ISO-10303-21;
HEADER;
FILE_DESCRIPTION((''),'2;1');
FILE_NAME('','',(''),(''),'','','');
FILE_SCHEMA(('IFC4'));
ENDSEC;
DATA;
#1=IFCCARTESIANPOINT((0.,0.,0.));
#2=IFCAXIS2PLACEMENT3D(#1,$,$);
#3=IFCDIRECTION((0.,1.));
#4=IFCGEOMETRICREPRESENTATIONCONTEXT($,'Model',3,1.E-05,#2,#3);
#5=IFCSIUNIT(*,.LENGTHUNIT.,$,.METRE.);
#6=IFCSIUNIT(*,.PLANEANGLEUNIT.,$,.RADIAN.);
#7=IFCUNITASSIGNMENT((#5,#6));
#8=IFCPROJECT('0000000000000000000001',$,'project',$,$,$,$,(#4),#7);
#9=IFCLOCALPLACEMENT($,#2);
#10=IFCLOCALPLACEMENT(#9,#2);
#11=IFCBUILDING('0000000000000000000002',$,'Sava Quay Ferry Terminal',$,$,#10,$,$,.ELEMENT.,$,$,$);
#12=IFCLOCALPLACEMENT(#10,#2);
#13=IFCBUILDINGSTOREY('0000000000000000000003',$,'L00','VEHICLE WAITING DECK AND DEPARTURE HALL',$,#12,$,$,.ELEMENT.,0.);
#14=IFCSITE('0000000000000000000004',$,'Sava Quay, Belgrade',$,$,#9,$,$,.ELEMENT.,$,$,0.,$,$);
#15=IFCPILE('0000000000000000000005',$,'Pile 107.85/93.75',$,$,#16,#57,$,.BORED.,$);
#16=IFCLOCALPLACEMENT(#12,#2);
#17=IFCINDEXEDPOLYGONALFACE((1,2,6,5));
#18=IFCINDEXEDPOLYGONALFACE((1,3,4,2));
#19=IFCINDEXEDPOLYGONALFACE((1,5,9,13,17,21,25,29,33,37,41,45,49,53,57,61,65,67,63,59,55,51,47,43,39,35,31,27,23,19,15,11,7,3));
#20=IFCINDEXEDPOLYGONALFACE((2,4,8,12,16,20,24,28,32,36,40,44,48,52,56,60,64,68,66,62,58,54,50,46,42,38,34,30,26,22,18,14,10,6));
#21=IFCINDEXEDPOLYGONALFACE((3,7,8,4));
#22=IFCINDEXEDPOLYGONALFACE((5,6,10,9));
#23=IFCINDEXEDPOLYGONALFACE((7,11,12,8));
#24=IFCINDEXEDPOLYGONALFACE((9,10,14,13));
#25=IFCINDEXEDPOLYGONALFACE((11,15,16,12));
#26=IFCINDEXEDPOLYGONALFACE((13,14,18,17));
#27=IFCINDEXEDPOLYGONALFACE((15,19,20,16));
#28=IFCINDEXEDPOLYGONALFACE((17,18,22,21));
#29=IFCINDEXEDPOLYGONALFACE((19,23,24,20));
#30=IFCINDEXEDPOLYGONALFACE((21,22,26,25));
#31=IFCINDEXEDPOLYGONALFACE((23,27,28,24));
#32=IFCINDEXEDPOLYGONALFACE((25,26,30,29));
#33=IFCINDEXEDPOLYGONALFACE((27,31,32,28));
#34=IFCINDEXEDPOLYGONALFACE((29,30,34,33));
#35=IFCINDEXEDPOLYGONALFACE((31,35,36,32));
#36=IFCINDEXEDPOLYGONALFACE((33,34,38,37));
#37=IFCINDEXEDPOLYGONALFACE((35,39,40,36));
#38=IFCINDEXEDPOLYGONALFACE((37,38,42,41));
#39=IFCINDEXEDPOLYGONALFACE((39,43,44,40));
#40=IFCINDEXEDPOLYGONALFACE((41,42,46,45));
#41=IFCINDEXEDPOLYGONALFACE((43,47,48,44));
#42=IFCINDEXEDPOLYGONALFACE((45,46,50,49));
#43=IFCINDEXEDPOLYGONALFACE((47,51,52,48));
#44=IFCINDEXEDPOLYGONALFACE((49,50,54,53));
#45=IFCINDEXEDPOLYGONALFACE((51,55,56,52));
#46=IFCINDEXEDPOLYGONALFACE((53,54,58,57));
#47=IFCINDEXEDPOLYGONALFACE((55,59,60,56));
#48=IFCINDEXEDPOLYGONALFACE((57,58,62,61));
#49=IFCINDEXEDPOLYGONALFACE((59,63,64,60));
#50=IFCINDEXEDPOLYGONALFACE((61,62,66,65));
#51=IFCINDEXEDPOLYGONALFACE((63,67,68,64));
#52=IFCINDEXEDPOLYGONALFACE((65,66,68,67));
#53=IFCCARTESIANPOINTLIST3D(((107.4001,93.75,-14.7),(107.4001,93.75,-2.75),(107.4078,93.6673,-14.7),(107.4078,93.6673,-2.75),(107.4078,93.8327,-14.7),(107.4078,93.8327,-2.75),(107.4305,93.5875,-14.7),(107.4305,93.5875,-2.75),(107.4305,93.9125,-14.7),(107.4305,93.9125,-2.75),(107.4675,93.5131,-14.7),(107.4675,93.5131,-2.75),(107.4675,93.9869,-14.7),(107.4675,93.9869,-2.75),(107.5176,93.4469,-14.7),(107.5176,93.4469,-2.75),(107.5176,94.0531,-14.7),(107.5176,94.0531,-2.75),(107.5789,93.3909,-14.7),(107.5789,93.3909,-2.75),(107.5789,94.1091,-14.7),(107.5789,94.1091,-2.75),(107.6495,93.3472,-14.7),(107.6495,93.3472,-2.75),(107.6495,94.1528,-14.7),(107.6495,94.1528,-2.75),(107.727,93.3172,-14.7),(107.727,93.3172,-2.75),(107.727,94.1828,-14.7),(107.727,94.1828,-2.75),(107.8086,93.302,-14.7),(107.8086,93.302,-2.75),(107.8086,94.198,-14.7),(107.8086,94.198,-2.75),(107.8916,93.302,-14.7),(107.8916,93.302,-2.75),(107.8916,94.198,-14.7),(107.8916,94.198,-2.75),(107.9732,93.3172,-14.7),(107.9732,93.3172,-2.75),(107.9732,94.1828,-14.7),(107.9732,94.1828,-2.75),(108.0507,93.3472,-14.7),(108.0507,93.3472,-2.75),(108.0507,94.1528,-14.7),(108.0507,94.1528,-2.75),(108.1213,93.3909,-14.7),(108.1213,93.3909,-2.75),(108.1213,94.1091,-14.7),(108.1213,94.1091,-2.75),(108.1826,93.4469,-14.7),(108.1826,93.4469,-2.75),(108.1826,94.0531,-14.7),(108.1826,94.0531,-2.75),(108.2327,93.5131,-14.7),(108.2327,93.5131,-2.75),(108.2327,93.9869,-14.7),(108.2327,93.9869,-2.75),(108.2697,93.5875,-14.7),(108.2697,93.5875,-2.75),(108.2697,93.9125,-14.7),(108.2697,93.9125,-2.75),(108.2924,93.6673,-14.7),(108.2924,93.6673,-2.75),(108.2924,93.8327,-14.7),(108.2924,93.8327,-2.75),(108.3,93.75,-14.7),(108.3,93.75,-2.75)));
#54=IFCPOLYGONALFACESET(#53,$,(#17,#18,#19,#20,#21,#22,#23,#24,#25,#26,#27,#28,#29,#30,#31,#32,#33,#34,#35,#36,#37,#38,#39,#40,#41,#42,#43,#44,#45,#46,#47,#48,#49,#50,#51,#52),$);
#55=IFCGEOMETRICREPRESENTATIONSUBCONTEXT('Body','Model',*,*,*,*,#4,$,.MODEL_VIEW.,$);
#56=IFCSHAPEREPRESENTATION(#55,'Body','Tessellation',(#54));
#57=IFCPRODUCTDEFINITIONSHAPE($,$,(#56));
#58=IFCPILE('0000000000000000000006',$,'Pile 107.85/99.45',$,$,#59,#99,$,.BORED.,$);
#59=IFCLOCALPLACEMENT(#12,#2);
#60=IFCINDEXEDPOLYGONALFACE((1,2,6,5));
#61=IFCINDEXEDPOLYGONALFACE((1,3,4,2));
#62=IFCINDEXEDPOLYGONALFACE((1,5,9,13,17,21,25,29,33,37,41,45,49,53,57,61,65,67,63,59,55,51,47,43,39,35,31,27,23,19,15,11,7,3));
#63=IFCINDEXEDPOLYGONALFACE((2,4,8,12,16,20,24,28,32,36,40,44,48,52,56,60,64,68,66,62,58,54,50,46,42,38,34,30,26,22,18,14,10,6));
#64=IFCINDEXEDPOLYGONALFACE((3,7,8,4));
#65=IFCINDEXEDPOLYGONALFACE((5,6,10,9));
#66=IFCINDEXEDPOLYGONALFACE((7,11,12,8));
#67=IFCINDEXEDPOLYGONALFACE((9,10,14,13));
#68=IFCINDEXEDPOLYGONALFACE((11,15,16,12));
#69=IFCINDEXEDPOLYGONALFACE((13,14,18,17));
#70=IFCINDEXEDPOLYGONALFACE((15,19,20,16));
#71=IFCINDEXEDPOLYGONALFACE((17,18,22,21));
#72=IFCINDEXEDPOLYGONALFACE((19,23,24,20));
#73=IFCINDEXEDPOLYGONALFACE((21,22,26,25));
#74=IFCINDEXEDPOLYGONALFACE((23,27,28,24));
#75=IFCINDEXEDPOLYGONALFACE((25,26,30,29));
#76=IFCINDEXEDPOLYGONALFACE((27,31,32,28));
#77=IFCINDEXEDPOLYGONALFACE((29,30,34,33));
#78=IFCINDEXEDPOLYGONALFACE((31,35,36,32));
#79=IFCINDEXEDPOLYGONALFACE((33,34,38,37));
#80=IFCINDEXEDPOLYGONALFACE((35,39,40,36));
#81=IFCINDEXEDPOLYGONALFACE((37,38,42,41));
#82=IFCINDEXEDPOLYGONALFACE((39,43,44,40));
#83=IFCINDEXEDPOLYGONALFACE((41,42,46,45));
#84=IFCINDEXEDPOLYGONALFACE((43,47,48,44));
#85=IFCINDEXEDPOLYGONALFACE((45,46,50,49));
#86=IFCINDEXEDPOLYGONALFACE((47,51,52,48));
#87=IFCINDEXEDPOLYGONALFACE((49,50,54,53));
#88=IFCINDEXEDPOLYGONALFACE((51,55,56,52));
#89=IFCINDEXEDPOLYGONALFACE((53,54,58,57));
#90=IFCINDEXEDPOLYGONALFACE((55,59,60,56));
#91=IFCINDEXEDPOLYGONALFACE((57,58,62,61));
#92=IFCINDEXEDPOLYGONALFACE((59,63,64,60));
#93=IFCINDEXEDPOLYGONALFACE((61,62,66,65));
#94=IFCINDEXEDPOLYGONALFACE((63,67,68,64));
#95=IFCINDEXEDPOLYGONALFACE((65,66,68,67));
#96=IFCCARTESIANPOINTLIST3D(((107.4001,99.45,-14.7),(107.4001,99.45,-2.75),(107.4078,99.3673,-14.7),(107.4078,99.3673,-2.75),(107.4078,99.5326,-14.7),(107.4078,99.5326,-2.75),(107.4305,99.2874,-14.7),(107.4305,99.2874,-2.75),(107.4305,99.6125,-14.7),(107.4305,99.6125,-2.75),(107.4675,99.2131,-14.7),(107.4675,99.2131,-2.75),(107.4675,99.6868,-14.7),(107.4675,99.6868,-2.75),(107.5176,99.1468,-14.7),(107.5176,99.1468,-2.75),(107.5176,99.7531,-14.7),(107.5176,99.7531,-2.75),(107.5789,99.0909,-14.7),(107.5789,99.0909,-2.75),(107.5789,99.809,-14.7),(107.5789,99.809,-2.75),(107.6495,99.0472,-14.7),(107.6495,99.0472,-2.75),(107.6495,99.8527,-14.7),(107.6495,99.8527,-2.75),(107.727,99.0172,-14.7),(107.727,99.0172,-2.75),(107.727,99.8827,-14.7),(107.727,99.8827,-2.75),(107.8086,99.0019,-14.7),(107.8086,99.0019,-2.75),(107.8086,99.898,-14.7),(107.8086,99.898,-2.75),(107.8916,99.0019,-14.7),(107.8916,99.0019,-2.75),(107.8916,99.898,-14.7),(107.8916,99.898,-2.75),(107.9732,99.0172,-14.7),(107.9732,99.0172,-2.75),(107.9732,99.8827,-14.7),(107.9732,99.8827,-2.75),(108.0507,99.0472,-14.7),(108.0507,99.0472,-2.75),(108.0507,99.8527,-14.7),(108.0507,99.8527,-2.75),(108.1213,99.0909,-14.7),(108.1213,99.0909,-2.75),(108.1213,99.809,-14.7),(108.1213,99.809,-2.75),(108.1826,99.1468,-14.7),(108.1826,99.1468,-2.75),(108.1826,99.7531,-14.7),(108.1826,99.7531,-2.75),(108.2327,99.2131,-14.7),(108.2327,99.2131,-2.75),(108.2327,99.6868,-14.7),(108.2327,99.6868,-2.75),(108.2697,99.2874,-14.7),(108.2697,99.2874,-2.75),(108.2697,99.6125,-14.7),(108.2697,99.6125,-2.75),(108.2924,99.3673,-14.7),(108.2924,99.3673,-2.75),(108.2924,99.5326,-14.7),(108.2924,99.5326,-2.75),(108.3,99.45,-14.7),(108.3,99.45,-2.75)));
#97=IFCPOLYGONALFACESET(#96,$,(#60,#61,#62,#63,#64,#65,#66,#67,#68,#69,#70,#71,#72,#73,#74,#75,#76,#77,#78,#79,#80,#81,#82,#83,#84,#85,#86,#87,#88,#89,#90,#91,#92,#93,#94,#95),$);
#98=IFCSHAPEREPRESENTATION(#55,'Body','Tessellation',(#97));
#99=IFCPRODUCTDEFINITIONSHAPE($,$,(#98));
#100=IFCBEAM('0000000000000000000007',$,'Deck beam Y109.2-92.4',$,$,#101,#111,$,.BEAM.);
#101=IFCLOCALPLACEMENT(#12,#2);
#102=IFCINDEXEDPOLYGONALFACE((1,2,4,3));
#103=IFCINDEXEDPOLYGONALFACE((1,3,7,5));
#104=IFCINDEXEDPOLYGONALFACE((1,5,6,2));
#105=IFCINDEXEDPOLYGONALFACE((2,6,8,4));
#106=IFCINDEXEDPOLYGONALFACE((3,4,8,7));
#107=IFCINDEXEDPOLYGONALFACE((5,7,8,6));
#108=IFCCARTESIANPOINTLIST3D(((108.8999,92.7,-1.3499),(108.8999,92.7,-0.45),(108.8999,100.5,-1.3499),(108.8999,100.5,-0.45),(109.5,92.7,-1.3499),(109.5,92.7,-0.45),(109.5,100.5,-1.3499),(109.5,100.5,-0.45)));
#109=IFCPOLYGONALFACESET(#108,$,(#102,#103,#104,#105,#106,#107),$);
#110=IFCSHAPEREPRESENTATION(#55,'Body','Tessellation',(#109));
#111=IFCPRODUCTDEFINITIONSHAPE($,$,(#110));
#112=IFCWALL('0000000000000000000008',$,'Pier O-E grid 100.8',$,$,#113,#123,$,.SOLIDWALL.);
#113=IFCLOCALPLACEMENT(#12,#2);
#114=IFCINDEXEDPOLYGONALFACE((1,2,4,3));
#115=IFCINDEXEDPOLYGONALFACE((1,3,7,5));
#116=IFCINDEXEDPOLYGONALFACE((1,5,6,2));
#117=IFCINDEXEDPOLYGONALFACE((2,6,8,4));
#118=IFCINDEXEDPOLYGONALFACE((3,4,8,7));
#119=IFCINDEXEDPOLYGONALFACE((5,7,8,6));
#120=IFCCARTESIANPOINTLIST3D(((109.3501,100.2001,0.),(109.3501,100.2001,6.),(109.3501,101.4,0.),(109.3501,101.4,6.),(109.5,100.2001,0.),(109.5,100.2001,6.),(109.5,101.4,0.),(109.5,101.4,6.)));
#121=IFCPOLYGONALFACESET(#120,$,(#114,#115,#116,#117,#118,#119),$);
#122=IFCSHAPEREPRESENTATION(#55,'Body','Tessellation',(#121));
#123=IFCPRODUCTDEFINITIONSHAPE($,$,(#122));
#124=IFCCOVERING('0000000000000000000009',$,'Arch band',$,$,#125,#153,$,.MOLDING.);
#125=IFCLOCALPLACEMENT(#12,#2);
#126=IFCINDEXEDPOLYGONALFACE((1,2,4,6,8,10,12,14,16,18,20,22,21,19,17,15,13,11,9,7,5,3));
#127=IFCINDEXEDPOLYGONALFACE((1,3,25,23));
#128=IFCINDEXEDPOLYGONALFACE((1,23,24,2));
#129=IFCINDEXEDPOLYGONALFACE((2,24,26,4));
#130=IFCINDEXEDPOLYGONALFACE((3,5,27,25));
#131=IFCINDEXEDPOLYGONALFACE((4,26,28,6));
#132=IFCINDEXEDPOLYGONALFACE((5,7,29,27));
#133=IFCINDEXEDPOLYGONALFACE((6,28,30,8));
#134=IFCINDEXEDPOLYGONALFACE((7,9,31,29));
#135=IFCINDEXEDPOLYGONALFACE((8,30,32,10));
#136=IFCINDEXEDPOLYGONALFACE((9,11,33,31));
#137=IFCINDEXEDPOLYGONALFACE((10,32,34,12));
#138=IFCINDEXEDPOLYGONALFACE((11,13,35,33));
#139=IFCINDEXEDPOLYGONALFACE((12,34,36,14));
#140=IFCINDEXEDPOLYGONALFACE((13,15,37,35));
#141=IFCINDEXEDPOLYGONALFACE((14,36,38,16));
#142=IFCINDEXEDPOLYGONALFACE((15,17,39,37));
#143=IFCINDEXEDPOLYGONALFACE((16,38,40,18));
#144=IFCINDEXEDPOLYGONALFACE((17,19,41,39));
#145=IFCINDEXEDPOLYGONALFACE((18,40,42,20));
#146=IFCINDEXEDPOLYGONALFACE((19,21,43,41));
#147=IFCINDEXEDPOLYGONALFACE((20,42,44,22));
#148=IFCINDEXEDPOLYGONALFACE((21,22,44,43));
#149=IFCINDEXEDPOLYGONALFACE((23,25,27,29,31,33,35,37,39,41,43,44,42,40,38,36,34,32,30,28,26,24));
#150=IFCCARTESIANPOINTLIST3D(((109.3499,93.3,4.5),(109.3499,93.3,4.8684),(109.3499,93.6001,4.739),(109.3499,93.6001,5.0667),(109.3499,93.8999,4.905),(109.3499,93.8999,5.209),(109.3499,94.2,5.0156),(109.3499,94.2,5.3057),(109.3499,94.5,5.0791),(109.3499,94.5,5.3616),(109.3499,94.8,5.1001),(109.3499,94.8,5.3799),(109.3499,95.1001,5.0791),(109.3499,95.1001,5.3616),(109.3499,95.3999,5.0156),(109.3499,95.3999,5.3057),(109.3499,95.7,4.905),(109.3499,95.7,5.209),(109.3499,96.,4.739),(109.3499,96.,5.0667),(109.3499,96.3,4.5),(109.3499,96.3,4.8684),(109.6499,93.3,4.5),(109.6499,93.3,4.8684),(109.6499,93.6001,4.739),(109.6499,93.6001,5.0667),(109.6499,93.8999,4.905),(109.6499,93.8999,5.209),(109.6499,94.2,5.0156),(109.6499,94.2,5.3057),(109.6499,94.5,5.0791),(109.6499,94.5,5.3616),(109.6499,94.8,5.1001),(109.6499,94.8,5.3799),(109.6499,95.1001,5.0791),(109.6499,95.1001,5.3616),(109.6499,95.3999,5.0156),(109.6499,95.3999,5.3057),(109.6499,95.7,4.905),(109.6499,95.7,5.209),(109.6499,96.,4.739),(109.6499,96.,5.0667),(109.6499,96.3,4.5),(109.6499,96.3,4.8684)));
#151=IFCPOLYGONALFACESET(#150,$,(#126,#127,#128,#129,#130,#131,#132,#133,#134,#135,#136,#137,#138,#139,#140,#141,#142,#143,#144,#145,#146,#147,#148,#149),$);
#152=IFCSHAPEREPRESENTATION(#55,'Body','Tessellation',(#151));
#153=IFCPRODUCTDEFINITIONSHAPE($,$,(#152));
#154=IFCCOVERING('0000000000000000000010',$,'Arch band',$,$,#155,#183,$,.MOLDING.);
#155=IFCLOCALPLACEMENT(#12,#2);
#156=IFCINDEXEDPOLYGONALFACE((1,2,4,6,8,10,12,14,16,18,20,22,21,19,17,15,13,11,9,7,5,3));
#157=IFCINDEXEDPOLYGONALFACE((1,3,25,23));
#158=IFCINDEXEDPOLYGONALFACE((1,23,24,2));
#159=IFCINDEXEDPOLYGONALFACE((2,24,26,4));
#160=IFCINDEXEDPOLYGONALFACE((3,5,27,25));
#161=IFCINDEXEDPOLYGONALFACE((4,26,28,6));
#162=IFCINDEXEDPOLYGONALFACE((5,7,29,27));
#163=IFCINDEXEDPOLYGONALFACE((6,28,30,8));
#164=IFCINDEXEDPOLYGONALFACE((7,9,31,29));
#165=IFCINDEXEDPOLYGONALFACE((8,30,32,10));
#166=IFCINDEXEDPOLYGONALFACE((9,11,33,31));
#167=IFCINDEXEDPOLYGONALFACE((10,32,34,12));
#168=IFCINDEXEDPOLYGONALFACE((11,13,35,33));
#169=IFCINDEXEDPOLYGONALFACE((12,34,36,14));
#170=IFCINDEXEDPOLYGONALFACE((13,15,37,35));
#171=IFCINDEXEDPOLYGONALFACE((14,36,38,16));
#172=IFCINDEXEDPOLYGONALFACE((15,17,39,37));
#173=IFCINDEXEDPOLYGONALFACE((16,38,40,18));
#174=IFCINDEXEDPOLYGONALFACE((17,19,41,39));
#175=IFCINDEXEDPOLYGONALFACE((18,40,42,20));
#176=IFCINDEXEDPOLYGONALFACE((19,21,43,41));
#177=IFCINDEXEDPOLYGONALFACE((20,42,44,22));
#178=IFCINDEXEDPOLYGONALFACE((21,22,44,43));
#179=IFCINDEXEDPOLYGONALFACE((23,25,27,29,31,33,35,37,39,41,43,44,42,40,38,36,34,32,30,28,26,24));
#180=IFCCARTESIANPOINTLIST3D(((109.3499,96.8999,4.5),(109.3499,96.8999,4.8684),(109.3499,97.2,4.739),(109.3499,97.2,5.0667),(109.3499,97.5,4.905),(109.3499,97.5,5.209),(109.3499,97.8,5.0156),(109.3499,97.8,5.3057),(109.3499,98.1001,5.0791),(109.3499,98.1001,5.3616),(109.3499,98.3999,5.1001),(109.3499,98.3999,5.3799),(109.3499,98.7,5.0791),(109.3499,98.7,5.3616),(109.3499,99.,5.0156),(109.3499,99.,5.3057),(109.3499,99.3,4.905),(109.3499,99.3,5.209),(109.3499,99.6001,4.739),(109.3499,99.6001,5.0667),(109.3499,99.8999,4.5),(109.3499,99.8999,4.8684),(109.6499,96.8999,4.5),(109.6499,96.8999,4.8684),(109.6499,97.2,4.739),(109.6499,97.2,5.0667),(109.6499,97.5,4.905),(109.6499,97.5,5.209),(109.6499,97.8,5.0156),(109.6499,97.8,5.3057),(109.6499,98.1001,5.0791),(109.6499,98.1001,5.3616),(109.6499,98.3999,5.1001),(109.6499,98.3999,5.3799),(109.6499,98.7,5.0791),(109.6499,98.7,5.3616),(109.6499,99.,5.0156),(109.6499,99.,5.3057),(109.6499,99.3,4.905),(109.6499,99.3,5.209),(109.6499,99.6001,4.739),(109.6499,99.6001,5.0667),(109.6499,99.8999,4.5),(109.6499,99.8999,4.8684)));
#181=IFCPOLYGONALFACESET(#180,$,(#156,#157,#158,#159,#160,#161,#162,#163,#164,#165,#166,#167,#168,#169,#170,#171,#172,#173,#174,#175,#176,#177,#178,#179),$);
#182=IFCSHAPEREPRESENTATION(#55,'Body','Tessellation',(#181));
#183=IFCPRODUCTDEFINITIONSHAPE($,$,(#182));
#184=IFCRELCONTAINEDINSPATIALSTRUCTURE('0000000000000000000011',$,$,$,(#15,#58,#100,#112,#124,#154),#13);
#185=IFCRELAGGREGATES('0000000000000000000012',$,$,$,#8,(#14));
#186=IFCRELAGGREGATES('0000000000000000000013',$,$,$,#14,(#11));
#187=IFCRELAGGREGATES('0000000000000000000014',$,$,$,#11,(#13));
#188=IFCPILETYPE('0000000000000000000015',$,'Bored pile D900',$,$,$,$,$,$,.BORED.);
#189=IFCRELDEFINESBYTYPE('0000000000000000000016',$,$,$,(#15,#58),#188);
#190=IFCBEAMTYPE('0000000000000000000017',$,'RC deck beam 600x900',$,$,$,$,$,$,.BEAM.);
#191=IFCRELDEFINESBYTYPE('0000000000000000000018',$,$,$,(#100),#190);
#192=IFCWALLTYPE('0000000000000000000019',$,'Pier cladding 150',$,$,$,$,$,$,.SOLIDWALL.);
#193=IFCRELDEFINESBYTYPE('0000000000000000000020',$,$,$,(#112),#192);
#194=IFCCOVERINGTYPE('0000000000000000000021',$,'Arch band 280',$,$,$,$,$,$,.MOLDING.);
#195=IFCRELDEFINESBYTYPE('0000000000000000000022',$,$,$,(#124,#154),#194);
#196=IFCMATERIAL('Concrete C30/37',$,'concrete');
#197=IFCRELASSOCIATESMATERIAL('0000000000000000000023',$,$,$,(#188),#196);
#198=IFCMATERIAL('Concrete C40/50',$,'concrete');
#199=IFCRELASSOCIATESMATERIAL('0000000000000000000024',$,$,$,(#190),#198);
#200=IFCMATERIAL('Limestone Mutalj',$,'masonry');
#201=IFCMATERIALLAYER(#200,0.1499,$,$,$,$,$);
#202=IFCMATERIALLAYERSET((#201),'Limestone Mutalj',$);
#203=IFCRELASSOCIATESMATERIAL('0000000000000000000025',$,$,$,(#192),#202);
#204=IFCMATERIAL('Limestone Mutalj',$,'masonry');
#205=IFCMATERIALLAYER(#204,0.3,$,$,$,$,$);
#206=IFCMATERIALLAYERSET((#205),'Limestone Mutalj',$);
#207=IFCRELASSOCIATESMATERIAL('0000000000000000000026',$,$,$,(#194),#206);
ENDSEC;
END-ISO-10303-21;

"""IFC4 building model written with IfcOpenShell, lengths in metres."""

from ifc_helpers import new_model, si_unit, direction, frame, frame_2d, origin, origin_2d, place, context, subcontext, project, spatial, polyline, rectangle, circle, outline, extrude, material, layer, layer_set, material_profile, profile_set, type_object, element, save


model = new_model("IFC4")

# Units and contexts
model_context = context("Model", 3, precision=1e-05, world=origin(), true_north=direction((0.0, 1.0)))
body_context = subcontext(model_context, "Body", "Model", "MODEL_VIEW")
ifc_project = project(units=[si_unit("LENGTHUNIT", "METRE"), si_unit("PLANEANGLEUNIT", "RADIAN")], contexts=[model_context])

# Site, building, storey
site_placement = place(None, origin())
site = spatial("IfcSite", under=ifc_project, at=site_placement, Name="Sava Quay, Belgrade", CompositionType="ELEMENT", RefElevation=0.0)
building_placement = place(site_placement, origin())
building = spatial("IfcBuilding", under=site, at=building_placement, Name="Sava Quay Ferry Terminal", CompositionType="ELEMENT")
storey_placement = place(building_placement, origin())
storey = spatial("IfcBuildingStorey", under=building, at=storey_placement, Name="L00", Description="VEHICLE WAITING DECK AND DEPARTURE HALL", CompositionType="ELEMENT", Elevation=0.0)

# Piles
ifc_material_1 = material(Name="Concrete C30/37", Category="concrete")
ifc_material_profile_1 = material_profile(ifc_material_1, circle(Radius=0.45, at=origin_2d()), Name="Bored pile D900")
ifc_profile_set_1 = profile_set([ifc_material_profile_1], Name="Concrete C30/37")
pile_type = type_object("IfcPileType", Name="Bored pile D900", PredefinedType="BORED", material=ifc_profile_set_1)
for number, where, z_axis, x_axis, name in (
    (1, (107.8501, 93.75, -2.75), (0.0, 0.0, -1.0), (1.0, 0.0, 0.0), "Pile 107.85/93.75"),
    (2, (107.8501, 99.45, -2.75), (0.0, 0.0, -1.0), (1.0, 0.0, 0.0), "Pile 107.85/99.45"),
):
    element("IfcPile", number, at=place(storey_placement, frame(where, z_axis=z_axis, x_axis=x_axis)), inside=storey, type_object=pile_type, Name=name, PredefinedType="BORED", context=body_context, shape_type="SweptSolid", body=[
        extrude(circle(Radius=0.45, at=origin_2d()), origin(), (0.0, 0.0, 1.0), 11.95),
    ])

# Beam
ifc_material_2 = material(Name="Concrete C40/50", Category="concrete")
ifc_material_profile_2 = material_profile(ifc_material_2, rectangle(XDim=0.6001, YDim=0.8999, at=origin_2d()), Name="RC 600x900")
ifc_profile_set_2 = profile_set([ifc_material_profile_2], Name="Concrete C40/50")
beam_type = type_object("IfcBeamType", Name="RC deck beam 600x900", PredefinedType="BEAM", material=ifc_profile_set_2)
beam_placement = place(storey_placement, frame((109.2, 92.7, -0.8999), z_axis=(0.0, 1.0, 0.0), x_axis=(-1.0, 0.0, 0.0)))
element("IfcBeam", 3, at=beam_placement, inside=storey, type_object=beam_type, Name="Deck beam Y109.2-92.4", PredefinedType="BEAM", context=body_context, shape_type="SweptSolid", body=[
    extrude(rectangle(XDim=0.6001, YDim=0.8999, at=origin_2d()), origin(), (0.0, 0.0, 1.0), 7.8),
])

# Wall
ifc_material_3 = material(Name="Limestone Mutalj", Category="masonry")
ifc_layer_1 = layer(ifc_material_3, 0.1499)
ifc_layer_set_1 = layer_set([ifc_layer_1], Name="Limestone Mutalj")
wall_type_1 = type_object("IfcWallType", Name="Pier cladding 150", PredefinedType="SOLIDWALL", material=ifc_layer_set_1)
wall_1_placement = place(storey_placement, frame((109.425, 100.2, 0.0), z_axis=(0.0, 0.0, 1.0), x_axis=(0.0, 1.0, 0.0)))
element("IfcWall", 4, at=wall_1_placement, inside=storey, type_object=wall_type_1, Name="Pier O-E grid 100.8", PredefinedType="SOLIDWALL", context=body_context, shape_type="SweptSolid", body=[
    extrude(rectangle(XDim=1.2, YDim=0.1499, at=frame_2d((0.6001, 0.0))), origin(), (0.0, 0.0, 1.0), 6.0),
])

# Coverings
ifc_material_4 = material(Name="Limestone Mutalj", Category="masonry")
ifc_layer_2 = layer(ifc_material_4, 0.3)
ifc_layer_set_2 = layer_set([ifc_layer_2], Name="Limestone Mutalj")
covering_type_1 = type_object("IfcCoveringType", Name="Arch band 280", PredefinedType="MOLDING", material=ifc_layer_set_2)
covering_1_placement = place(storey_placement, frame((109.6499, 93.3, 4.5), z_axis=(1.0, 0.0, 0.0), x_axis=(0.0, 0.782171, 0.623064)))
element("IfcCovering", 5, at=covering_1_placement, inside=storey, type_object=covering_type_1, Name="Arch band", PredefinedType="MOLDING", context=body_context, shape_type="SweptSolid", body=[
    extrude(outline(polyline([(0.0, 0.0), (0.3836, 0.0), (0.7215, -0.0569), (1.0251, -0.1574), (1.2994, -0.2947), (1.5472, -0.4652), (1.7688, -0.6686), (1.9637, -0.905), (2.1295, -1.1785), (2.2607, -1.4953), (2.3465, -1.8692), (2.5761, -1.581), (2.4649, -1.239), (2.3189, -0.9407), (2.1444, -0.6782), (1.9448, -0.4476), (1.7215, -0.2464), (1.4754, -0.0737), (1.2059, 0.0695), (0.9109, 0.1808), (0.5877, 0.2563), (0.2295, 0.2882), (0.0, 0.0)])), origin(), (0.0, 0.0, -1.0), 0.3),
])
covering_2_placement = place(storey_placement, frame((109.6499, 96.8999, 4.5), z_axis=(1.0, 0.0, 0.0), x_axis=(0.0, 0.782171, 0.623064)))
element("IfcCovering", 6, at=covering_2_placement, inside=storey, type_object=covering_type_1, Name="Arch band", PredefinedType="MOLDING", context=body_context, shape_type="SweptSolid", body=[
    extrude(outline(polyline([(0.0, 0.0), (0.3836, 0.0), (0.7217, -0.0571), (1.0253, -0.1575), (1.2996, -0.2948), (1.5472, -0.4652), (1.7688, -0.6686), (1.9639, -0.9052), (2.1297, -1.1786), (2.2609, -1.4954), (2.3465, -1.8692), (2.5761, -1.581), (2.4651, -1.2392), (2.3191, -0.9409), (2.1446, -0.6783), (1.9448, -0.4476), (1.7215, -0.2464), (1.4756, -0.0739), (1.206, 0.0693), (0.9111, 0.1806), (0.5877, 0.2563), (0.2295, 0.2882), (0.0, 0.0)])), origin(), (0.0, 0.0, -1.0), 0.3),
])

save(model, "model.ifc")
